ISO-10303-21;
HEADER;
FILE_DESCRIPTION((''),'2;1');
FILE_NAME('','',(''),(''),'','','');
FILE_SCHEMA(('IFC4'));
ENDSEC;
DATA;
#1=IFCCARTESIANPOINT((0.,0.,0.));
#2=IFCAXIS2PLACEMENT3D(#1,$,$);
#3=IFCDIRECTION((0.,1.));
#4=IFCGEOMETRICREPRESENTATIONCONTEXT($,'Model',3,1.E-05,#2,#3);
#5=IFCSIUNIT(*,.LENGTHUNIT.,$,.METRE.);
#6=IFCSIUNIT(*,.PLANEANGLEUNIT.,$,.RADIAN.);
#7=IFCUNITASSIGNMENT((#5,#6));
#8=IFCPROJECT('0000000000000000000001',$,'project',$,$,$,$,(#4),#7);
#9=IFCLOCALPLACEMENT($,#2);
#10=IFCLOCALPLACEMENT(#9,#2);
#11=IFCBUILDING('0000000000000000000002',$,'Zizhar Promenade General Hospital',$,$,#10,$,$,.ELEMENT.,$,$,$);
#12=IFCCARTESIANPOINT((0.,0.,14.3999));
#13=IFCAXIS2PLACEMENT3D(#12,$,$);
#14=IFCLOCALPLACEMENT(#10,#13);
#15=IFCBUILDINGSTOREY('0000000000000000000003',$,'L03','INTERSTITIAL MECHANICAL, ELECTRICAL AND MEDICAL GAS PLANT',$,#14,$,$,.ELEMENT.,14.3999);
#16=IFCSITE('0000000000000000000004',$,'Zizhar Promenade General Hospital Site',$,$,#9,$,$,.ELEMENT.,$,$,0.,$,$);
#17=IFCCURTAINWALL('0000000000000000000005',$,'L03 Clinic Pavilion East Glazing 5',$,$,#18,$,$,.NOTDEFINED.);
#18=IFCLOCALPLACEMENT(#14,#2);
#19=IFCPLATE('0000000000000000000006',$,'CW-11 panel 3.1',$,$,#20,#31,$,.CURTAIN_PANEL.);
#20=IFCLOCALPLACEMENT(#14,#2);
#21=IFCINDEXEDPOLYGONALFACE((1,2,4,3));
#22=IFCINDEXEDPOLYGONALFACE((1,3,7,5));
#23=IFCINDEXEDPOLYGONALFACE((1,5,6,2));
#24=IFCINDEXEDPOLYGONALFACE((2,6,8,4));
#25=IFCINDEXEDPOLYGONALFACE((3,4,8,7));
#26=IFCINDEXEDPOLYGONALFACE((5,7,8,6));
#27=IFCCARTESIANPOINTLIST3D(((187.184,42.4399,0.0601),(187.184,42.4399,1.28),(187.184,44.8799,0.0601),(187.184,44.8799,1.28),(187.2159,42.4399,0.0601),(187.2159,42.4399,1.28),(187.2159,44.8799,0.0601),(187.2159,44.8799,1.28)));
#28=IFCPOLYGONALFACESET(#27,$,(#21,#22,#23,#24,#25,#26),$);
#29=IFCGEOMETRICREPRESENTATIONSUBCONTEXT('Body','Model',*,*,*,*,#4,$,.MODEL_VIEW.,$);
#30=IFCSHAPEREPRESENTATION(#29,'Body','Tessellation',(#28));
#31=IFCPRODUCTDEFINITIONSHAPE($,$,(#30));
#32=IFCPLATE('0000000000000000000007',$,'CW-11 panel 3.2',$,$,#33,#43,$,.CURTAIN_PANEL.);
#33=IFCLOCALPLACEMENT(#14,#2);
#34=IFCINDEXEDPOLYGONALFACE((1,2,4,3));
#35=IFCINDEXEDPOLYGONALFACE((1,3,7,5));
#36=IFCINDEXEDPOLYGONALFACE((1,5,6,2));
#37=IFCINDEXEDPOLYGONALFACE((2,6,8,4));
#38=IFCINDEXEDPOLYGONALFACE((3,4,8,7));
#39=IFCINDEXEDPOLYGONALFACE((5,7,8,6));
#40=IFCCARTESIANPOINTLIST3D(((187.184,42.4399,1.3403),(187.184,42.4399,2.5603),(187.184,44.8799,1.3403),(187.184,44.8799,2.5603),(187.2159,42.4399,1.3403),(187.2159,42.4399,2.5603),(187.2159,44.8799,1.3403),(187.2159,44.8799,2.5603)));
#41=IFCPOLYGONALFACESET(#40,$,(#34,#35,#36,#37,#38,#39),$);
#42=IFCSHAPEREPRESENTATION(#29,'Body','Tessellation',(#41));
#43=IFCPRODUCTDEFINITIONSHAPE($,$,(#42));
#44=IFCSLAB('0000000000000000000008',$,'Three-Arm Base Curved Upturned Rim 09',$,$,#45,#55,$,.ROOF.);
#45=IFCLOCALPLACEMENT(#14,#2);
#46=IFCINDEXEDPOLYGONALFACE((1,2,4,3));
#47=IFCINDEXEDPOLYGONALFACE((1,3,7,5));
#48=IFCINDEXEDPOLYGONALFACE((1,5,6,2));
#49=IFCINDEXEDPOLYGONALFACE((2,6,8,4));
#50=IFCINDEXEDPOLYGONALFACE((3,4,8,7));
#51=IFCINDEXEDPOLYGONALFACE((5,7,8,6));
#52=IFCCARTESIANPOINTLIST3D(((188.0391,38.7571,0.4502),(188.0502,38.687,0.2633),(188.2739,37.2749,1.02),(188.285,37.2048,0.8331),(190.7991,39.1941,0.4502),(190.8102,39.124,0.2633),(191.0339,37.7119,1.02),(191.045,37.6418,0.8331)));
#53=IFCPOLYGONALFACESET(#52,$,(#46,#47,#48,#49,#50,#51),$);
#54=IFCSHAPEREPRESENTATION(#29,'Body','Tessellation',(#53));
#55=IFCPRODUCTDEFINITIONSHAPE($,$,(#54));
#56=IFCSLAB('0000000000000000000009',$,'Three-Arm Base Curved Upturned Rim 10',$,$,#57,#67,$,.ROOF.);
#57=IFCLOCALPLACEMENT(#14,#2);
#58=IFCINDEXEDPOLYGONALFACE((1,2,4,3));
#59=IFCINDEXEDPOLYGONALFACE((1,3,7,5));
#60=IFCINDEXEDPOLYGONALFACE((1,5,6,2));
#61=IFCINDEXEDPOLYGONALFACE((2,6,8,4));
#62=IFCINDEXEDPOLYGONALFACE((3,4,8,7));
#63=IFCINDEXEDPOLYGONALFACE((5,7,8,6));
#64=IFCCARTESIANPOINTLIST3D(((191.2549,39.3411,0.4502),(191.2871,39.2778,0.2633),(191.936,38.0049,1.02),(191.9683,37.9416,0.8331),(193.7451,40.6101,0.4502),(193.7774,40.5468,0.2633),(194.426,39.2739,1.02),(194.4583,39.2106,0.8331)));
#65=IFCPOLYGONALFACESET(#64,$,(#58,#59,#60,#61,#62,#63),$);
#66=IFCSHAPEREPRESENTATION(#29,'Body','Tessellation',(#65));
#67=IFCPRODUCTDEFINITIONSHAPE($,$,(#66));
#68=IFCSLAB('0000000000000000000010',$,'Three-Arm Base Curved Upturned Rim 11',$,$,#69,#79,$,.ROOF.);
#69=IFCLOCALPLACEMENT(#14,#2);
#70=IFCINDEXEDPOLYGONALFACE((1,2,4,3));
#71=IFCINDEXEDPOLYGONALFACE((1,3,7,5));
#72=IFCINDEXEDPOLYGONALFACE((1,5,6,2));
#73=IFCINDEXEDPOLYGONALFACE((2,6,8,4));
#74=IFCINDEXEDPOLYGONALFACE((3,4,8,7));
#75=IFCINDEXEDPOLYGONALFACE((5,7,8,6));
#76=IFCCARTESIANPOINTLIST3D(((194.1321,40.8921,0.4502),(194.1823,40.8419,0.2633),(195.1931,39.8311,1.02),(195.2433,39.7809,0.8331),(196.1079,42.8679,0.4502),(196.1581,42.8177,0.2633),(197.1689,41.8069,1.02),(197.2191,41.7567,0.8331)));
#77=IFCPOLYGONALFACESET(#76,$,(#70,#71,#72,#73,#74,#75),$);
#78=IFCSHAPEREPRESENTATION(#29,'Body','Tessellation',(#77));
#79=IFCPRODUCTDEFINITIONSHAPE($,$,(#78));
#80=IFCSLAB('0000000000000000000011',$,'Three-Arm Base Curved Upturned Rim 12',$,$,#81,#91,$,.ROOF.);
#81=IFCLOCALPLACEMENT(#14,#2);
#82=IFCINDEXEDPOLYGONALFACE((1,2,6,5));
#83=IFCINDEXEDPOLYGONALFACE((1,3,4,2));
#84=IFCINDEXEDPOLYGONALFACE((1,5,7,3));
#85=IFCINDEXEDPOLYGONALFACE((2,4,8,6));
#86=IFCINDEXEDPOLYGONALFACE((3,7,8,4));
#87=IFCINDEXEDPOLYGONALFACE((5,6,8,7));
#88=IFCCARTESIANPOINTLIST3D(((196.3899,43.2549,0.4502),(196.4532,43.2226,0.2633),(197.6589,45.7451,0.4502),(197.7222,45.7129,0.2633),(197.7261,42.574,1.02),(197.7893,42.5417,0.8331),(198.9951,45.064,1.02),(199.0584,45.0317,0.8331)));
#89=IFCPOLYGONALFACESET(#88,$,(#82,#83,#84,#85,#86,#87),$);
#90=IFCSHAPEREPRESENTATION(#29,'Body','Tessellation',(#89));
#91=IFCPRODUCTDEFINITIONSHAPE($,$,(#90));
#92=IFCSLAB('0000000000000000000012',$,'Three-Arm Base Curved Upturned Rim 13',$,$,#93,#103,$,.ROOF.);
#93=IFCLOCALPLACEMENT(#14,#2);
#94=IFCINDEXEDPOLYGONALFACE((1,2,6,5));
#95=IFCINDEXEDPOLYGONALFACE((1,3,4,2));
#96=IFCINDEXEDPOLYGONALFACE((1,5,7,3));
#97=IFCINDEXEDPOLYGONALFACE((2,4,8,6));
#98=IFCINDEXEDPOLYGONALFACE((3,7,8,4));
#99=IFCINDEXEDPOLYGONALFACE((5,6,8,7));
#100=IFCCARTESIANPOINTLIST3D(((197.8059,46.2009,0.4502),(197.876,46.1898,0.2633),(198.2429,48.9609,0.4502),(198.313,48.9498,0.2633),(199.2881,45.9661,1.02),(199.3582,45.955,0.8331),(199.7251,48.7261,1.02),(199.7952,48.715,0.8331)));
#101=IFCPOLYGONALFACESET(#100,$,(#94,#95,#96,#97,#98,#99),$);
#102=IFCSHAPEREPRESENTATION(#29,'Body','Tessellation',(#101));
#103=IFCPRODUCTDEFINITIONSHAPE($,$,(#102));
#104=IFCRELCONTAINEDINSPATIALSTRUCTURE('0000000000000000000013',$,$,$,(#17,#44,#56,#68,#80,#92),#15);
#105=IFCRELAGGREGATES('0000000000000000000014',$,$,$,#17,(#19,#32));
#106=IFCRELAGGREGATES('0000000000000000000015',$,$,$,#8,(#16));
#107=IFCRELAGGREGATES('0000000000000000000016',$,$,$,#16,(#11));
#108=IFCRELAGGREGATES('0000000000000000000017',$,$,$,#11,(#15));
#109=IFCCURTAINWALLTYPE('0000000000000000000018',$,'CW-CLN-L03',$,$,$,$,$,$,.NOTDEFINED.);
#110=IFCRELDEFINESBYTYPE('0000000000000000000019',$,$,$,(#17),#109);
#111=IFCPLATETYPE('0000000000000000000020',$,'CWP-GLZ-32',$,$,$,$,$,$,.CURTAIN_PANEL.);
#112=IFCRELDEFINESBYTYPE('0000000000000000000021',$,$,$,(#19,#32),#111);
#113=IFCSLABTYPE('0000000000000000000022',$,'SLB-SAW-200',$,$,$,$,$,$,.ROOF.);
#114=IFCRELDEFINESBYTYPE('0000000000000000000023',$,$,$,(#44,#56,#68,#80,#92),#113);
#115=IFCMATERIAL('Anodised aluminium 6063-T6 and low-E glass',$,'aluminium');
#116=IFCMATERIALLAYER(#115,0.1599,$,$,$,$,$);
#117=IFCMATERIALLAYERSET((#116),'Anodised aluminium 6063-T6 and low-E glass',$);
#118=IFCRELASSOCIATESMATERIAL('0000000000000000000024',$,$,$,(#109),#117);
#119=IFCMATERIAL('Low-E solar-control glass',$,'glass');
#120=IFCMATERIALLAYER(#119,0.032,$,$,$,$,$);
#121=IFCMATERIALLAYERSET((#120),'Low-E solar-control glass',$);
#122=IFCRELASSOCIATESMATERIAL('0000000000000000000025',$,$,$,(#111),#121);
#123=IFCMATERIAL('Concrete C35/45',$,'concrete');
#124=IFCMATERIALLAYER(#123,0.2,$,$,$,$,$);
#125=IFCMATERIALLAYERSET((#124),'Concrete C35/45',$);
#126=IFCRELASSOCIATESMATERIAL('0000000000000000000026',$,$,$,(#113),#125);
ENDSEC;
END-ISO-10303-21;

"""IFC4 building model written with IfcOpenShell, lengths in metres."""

from ifc_helpers import new_model, si_unit, direction, frame, origin, origin_2d, place, context, subcontext, project, spatial, polyline, rectangle, outline, extrude, material, layer, layer_set, type_object, element, aggregate, save


model = new_model("IFC4")

# Units and contexts
model_context = context("Model", 3, precision=1e-05, world=origin(), true_north=direction((0.0, 1.0)))
body_context = subcontext(model_context, "Body", "Model", "MODEL_VIEW")
ifc_project = project(units=[si_unit("LENGTHUNIT", "METRE"), si_unit("PLANEANGLEUNIT", "RADIAN")], contexts=[model_context])

# Site, building, storey
site_placement = place(None, origin())
site = spatial("IfcSite", under=ifc_project, at=site_placement, Name="Zizhar Promenade General Hospital Site", CompositionType="ELEMENT", RefElevation=0.0)
building_placement = place(site_placement, origin())
building = spatial("IfcBuilding", under=site, at=building_placement, Name="Zizhar Promenade General Hospital", CompositionType="ELEMENT")
storey_placement = place(building_placement, frame((0.0, 0.0, 14.3999)))
storey = spatial("IfcBuildingStorey", under=building, at=storey_placement, Name="L03", Description="INTERSTITIAL MECHANICAL, ELECTRICAL AND MEDICAL GAS PLANT", CompositionType="ELEMENT", Elevation=14.3999)

# Curtain wall
ifc_material_1 = material(Name="Anodised aluminium 6063-T6 and low-E glass", Category="aluminium")
ifc_layer_1 = layer(ifc_material_1, 0.1599)
ifc_layer_set_1 = layer_set([ifc_layer_1], Name="Anodised aluminium 6063-T6 and low-E glass")
curtain_wall_type = type_object("IfcCurtainWallType", Name="CW-CLN-L03", PredefinedType="NOTDEFINED", material=ifc_layer_set_1)
curtain_wall_1_placement = place(storey_placement, origin())
curtain_wall_1 = element("IfcCurtainWall", 1, at=curtain_wall_1_placement, inside=storey, type_object=curtain_wall_type, Name="L03 Clinic Pavilion East Glazing 5", PredefinedType="NOTDEFINED")

# Plates
ifc_material_2 = material(Name="Low-E solar-control glass", Category="glass")
ifc_layer_2 = layer(ifc_material_2, 0.032)
ifc_layer_set_2 = layer_set([ifc_layer_2], Name="Low-E solar-control glass")
plate_type = type_object("IfcPlateType", Name="CWP-GLZ-32", PredefinedType="CURTAIN_PANEL", material=ifc_layer_set_2)
plate_1_placement = place(storey_placement, frame((187.2, 43.6599, 0.0601), z_axis=(0.0, 0.0, 1.0), x_axis=(0.0, -1.0, 0.0)))
plate_1 = element("IfcPlate", 2, at=plate_1_placement, type_object=plate_type, Name="CW-11 panel 3.1", PredefinedType="CURTAIN_PANEL", context=body_context, shape_type="SweptSolid", body=[
    extrude(rectangle(XDim=2.4399, YDim=0.032, at=origin_2d()), origin(), (0.0, 0.0, 1.0), 1.22),
])
plate_2_placement = place(storey_placement, frame((187.2, 43.6599, 1.3403), z_axis=(0.0, 0.0, 1.0), x_axis=(0.0, -1.0, 0.0)))
plate_2 = element("IfcPlate", 3, at=plate_2_placement, type_object=plate_type, Name="CW-11 panel 3.2", PredefinedType="CURTAIN_PANEL", context=body_context, shape_type="SweptSolid", body=[
    extrude(rectangle(XDim=2.4399, YDim=0.032, at=origin_2d()), origin(), (0.0, 0.0, 1.0), 1.22),
])
aggregate(curtain_wall_1, [plate_1, plate_2])

# Slabs
ifc_material_3 = material(Name="Concrete C35/45", Category="concrete")
ifc_layer_3 = layer(ifc_material_3, 0.2)
ifc_layer_set_3 = layer_set([ifc_layer_3], Name="Concrete C35/45")
slab_type = type_object("IfcSlabType", Name="SLB-SAW-200", PredefinedType="ROOF", material=ifc_layer_set_3)
slab_1_placement = place(storey_placement, frame((188.2739, 37.2749, 1.02), z_axis=(-0.055515, 0.350616, 0.934873), x_axis=(0.987696, 0.156389, 0.0)))
element("IfcSlab", 4, at=slab_1_placement, inside=storey, type_object=slab_type, Name="Three-Arm Base Curved Upturned Rim 09", PredefinedType="ROOF", context=body_context, shape_type="SweptSolid", body=[
    extrude(outline(polyline([(0.0, 0.0), (2.7944, 0.0), (2.7942, 1.6052), (-0.0002, 1.6052), (0.0, 0.0)])), origin(), (0.0, 0.0, -1.0), 0.2),
])
slab_2_placement = place(storey_placement, frame((191.936, 38.0049, 1.02), z_axis=(-0.161275, 0.316452, 0.934799), x_axis=(0.89096, 0.454082, -0.000007)))
element("IfcSlab", 5, at=slab_2_placement, inside=storey, type_object=slab_type, Name="Three-Arm Base Curved Upturned Rim 10", PredefinedType="ROOF", context=body_context, shape_type="SweptSolid", body=[
    extrude(outline(polyline([(0.0, 0.0), (2.7947, 0.0), (2.7948, 1.6043), (-0.0001, 1.6044), (0.0, 0.0)])), origin(), (0.0, 0.0, -1.0), 0.2),
])
slab_3_placement = place(storey_placement, frame((195.1931, 39.8311, 1.02), z_axis=(-0.251032, 0.251032, 0.934862), x_axis=(0.707107, 0.707107, 0.0)))
element("IfcSlab", 6, at=slab_3_placement, inside=storey, type_object=slab_type, Name="Three-Arm Base Curved Upturned Rim 11", PredefinedType="ROOF", context=body_context, shape_type="SweptSolid", body=[
    extrude(outline(polyline([(0.0, 0.0), (2.7942, 0.0), (2.7942, 1.6051), (0.0, 1.6051), (0.0, 0.0)])), origin(), (0.0, 0.0, -1.0), 0.2),
])
slab_4_placement = place(storey_placement, frame((197.7261, 42.574, 1.02), z_axis=(-0.316452, 0.161275, 0.934799), x_axis=(0.454082, 0.89096, 0.000007)))
element("IfcSlab", 7, at=slab_4_placement, inside=storey, type_object=slab_type, Name="Three-Arm Base Curved Upturned Rim 12", PredefinedType="ROOF", context=body_context, shape_type="SweptSolid", body=[
    extrude(outline(polyline([(0.0, 0.0), (2.7947, 0.0), (2.7949, 1.6044), (-0.0001, 1.6043), (0.0, 0.0)])), origin(), (0.0, 0.0, -1.0), 0.2),
])
slab_5_placement = place(storey_placement, frame((199.2881, 45.9661, 1.02), z_axis=(-0.350616, 0.055515, 0.934873), x_axis=(0.156389, 0.987696, 0.0)))
element("IfcSlab", 8, at=slab_5_placement, inside=storey, type_object=slab_type, Name="Three-Arm Base Curved Upturned Rim 13", PredefinedType="ROOF", context=body_context, shape_type="SweptSolid", body=[
    extrude(outline(polyline([(0.0, 0.0), (2.7944, 0.0), (2.7946, 1.6052), (0.0002, 1.6052), (0.0, 0.0)])), origin(), (0.0, 0.0, -1.0), 0.2),
])

save(model, "model.ifc")
